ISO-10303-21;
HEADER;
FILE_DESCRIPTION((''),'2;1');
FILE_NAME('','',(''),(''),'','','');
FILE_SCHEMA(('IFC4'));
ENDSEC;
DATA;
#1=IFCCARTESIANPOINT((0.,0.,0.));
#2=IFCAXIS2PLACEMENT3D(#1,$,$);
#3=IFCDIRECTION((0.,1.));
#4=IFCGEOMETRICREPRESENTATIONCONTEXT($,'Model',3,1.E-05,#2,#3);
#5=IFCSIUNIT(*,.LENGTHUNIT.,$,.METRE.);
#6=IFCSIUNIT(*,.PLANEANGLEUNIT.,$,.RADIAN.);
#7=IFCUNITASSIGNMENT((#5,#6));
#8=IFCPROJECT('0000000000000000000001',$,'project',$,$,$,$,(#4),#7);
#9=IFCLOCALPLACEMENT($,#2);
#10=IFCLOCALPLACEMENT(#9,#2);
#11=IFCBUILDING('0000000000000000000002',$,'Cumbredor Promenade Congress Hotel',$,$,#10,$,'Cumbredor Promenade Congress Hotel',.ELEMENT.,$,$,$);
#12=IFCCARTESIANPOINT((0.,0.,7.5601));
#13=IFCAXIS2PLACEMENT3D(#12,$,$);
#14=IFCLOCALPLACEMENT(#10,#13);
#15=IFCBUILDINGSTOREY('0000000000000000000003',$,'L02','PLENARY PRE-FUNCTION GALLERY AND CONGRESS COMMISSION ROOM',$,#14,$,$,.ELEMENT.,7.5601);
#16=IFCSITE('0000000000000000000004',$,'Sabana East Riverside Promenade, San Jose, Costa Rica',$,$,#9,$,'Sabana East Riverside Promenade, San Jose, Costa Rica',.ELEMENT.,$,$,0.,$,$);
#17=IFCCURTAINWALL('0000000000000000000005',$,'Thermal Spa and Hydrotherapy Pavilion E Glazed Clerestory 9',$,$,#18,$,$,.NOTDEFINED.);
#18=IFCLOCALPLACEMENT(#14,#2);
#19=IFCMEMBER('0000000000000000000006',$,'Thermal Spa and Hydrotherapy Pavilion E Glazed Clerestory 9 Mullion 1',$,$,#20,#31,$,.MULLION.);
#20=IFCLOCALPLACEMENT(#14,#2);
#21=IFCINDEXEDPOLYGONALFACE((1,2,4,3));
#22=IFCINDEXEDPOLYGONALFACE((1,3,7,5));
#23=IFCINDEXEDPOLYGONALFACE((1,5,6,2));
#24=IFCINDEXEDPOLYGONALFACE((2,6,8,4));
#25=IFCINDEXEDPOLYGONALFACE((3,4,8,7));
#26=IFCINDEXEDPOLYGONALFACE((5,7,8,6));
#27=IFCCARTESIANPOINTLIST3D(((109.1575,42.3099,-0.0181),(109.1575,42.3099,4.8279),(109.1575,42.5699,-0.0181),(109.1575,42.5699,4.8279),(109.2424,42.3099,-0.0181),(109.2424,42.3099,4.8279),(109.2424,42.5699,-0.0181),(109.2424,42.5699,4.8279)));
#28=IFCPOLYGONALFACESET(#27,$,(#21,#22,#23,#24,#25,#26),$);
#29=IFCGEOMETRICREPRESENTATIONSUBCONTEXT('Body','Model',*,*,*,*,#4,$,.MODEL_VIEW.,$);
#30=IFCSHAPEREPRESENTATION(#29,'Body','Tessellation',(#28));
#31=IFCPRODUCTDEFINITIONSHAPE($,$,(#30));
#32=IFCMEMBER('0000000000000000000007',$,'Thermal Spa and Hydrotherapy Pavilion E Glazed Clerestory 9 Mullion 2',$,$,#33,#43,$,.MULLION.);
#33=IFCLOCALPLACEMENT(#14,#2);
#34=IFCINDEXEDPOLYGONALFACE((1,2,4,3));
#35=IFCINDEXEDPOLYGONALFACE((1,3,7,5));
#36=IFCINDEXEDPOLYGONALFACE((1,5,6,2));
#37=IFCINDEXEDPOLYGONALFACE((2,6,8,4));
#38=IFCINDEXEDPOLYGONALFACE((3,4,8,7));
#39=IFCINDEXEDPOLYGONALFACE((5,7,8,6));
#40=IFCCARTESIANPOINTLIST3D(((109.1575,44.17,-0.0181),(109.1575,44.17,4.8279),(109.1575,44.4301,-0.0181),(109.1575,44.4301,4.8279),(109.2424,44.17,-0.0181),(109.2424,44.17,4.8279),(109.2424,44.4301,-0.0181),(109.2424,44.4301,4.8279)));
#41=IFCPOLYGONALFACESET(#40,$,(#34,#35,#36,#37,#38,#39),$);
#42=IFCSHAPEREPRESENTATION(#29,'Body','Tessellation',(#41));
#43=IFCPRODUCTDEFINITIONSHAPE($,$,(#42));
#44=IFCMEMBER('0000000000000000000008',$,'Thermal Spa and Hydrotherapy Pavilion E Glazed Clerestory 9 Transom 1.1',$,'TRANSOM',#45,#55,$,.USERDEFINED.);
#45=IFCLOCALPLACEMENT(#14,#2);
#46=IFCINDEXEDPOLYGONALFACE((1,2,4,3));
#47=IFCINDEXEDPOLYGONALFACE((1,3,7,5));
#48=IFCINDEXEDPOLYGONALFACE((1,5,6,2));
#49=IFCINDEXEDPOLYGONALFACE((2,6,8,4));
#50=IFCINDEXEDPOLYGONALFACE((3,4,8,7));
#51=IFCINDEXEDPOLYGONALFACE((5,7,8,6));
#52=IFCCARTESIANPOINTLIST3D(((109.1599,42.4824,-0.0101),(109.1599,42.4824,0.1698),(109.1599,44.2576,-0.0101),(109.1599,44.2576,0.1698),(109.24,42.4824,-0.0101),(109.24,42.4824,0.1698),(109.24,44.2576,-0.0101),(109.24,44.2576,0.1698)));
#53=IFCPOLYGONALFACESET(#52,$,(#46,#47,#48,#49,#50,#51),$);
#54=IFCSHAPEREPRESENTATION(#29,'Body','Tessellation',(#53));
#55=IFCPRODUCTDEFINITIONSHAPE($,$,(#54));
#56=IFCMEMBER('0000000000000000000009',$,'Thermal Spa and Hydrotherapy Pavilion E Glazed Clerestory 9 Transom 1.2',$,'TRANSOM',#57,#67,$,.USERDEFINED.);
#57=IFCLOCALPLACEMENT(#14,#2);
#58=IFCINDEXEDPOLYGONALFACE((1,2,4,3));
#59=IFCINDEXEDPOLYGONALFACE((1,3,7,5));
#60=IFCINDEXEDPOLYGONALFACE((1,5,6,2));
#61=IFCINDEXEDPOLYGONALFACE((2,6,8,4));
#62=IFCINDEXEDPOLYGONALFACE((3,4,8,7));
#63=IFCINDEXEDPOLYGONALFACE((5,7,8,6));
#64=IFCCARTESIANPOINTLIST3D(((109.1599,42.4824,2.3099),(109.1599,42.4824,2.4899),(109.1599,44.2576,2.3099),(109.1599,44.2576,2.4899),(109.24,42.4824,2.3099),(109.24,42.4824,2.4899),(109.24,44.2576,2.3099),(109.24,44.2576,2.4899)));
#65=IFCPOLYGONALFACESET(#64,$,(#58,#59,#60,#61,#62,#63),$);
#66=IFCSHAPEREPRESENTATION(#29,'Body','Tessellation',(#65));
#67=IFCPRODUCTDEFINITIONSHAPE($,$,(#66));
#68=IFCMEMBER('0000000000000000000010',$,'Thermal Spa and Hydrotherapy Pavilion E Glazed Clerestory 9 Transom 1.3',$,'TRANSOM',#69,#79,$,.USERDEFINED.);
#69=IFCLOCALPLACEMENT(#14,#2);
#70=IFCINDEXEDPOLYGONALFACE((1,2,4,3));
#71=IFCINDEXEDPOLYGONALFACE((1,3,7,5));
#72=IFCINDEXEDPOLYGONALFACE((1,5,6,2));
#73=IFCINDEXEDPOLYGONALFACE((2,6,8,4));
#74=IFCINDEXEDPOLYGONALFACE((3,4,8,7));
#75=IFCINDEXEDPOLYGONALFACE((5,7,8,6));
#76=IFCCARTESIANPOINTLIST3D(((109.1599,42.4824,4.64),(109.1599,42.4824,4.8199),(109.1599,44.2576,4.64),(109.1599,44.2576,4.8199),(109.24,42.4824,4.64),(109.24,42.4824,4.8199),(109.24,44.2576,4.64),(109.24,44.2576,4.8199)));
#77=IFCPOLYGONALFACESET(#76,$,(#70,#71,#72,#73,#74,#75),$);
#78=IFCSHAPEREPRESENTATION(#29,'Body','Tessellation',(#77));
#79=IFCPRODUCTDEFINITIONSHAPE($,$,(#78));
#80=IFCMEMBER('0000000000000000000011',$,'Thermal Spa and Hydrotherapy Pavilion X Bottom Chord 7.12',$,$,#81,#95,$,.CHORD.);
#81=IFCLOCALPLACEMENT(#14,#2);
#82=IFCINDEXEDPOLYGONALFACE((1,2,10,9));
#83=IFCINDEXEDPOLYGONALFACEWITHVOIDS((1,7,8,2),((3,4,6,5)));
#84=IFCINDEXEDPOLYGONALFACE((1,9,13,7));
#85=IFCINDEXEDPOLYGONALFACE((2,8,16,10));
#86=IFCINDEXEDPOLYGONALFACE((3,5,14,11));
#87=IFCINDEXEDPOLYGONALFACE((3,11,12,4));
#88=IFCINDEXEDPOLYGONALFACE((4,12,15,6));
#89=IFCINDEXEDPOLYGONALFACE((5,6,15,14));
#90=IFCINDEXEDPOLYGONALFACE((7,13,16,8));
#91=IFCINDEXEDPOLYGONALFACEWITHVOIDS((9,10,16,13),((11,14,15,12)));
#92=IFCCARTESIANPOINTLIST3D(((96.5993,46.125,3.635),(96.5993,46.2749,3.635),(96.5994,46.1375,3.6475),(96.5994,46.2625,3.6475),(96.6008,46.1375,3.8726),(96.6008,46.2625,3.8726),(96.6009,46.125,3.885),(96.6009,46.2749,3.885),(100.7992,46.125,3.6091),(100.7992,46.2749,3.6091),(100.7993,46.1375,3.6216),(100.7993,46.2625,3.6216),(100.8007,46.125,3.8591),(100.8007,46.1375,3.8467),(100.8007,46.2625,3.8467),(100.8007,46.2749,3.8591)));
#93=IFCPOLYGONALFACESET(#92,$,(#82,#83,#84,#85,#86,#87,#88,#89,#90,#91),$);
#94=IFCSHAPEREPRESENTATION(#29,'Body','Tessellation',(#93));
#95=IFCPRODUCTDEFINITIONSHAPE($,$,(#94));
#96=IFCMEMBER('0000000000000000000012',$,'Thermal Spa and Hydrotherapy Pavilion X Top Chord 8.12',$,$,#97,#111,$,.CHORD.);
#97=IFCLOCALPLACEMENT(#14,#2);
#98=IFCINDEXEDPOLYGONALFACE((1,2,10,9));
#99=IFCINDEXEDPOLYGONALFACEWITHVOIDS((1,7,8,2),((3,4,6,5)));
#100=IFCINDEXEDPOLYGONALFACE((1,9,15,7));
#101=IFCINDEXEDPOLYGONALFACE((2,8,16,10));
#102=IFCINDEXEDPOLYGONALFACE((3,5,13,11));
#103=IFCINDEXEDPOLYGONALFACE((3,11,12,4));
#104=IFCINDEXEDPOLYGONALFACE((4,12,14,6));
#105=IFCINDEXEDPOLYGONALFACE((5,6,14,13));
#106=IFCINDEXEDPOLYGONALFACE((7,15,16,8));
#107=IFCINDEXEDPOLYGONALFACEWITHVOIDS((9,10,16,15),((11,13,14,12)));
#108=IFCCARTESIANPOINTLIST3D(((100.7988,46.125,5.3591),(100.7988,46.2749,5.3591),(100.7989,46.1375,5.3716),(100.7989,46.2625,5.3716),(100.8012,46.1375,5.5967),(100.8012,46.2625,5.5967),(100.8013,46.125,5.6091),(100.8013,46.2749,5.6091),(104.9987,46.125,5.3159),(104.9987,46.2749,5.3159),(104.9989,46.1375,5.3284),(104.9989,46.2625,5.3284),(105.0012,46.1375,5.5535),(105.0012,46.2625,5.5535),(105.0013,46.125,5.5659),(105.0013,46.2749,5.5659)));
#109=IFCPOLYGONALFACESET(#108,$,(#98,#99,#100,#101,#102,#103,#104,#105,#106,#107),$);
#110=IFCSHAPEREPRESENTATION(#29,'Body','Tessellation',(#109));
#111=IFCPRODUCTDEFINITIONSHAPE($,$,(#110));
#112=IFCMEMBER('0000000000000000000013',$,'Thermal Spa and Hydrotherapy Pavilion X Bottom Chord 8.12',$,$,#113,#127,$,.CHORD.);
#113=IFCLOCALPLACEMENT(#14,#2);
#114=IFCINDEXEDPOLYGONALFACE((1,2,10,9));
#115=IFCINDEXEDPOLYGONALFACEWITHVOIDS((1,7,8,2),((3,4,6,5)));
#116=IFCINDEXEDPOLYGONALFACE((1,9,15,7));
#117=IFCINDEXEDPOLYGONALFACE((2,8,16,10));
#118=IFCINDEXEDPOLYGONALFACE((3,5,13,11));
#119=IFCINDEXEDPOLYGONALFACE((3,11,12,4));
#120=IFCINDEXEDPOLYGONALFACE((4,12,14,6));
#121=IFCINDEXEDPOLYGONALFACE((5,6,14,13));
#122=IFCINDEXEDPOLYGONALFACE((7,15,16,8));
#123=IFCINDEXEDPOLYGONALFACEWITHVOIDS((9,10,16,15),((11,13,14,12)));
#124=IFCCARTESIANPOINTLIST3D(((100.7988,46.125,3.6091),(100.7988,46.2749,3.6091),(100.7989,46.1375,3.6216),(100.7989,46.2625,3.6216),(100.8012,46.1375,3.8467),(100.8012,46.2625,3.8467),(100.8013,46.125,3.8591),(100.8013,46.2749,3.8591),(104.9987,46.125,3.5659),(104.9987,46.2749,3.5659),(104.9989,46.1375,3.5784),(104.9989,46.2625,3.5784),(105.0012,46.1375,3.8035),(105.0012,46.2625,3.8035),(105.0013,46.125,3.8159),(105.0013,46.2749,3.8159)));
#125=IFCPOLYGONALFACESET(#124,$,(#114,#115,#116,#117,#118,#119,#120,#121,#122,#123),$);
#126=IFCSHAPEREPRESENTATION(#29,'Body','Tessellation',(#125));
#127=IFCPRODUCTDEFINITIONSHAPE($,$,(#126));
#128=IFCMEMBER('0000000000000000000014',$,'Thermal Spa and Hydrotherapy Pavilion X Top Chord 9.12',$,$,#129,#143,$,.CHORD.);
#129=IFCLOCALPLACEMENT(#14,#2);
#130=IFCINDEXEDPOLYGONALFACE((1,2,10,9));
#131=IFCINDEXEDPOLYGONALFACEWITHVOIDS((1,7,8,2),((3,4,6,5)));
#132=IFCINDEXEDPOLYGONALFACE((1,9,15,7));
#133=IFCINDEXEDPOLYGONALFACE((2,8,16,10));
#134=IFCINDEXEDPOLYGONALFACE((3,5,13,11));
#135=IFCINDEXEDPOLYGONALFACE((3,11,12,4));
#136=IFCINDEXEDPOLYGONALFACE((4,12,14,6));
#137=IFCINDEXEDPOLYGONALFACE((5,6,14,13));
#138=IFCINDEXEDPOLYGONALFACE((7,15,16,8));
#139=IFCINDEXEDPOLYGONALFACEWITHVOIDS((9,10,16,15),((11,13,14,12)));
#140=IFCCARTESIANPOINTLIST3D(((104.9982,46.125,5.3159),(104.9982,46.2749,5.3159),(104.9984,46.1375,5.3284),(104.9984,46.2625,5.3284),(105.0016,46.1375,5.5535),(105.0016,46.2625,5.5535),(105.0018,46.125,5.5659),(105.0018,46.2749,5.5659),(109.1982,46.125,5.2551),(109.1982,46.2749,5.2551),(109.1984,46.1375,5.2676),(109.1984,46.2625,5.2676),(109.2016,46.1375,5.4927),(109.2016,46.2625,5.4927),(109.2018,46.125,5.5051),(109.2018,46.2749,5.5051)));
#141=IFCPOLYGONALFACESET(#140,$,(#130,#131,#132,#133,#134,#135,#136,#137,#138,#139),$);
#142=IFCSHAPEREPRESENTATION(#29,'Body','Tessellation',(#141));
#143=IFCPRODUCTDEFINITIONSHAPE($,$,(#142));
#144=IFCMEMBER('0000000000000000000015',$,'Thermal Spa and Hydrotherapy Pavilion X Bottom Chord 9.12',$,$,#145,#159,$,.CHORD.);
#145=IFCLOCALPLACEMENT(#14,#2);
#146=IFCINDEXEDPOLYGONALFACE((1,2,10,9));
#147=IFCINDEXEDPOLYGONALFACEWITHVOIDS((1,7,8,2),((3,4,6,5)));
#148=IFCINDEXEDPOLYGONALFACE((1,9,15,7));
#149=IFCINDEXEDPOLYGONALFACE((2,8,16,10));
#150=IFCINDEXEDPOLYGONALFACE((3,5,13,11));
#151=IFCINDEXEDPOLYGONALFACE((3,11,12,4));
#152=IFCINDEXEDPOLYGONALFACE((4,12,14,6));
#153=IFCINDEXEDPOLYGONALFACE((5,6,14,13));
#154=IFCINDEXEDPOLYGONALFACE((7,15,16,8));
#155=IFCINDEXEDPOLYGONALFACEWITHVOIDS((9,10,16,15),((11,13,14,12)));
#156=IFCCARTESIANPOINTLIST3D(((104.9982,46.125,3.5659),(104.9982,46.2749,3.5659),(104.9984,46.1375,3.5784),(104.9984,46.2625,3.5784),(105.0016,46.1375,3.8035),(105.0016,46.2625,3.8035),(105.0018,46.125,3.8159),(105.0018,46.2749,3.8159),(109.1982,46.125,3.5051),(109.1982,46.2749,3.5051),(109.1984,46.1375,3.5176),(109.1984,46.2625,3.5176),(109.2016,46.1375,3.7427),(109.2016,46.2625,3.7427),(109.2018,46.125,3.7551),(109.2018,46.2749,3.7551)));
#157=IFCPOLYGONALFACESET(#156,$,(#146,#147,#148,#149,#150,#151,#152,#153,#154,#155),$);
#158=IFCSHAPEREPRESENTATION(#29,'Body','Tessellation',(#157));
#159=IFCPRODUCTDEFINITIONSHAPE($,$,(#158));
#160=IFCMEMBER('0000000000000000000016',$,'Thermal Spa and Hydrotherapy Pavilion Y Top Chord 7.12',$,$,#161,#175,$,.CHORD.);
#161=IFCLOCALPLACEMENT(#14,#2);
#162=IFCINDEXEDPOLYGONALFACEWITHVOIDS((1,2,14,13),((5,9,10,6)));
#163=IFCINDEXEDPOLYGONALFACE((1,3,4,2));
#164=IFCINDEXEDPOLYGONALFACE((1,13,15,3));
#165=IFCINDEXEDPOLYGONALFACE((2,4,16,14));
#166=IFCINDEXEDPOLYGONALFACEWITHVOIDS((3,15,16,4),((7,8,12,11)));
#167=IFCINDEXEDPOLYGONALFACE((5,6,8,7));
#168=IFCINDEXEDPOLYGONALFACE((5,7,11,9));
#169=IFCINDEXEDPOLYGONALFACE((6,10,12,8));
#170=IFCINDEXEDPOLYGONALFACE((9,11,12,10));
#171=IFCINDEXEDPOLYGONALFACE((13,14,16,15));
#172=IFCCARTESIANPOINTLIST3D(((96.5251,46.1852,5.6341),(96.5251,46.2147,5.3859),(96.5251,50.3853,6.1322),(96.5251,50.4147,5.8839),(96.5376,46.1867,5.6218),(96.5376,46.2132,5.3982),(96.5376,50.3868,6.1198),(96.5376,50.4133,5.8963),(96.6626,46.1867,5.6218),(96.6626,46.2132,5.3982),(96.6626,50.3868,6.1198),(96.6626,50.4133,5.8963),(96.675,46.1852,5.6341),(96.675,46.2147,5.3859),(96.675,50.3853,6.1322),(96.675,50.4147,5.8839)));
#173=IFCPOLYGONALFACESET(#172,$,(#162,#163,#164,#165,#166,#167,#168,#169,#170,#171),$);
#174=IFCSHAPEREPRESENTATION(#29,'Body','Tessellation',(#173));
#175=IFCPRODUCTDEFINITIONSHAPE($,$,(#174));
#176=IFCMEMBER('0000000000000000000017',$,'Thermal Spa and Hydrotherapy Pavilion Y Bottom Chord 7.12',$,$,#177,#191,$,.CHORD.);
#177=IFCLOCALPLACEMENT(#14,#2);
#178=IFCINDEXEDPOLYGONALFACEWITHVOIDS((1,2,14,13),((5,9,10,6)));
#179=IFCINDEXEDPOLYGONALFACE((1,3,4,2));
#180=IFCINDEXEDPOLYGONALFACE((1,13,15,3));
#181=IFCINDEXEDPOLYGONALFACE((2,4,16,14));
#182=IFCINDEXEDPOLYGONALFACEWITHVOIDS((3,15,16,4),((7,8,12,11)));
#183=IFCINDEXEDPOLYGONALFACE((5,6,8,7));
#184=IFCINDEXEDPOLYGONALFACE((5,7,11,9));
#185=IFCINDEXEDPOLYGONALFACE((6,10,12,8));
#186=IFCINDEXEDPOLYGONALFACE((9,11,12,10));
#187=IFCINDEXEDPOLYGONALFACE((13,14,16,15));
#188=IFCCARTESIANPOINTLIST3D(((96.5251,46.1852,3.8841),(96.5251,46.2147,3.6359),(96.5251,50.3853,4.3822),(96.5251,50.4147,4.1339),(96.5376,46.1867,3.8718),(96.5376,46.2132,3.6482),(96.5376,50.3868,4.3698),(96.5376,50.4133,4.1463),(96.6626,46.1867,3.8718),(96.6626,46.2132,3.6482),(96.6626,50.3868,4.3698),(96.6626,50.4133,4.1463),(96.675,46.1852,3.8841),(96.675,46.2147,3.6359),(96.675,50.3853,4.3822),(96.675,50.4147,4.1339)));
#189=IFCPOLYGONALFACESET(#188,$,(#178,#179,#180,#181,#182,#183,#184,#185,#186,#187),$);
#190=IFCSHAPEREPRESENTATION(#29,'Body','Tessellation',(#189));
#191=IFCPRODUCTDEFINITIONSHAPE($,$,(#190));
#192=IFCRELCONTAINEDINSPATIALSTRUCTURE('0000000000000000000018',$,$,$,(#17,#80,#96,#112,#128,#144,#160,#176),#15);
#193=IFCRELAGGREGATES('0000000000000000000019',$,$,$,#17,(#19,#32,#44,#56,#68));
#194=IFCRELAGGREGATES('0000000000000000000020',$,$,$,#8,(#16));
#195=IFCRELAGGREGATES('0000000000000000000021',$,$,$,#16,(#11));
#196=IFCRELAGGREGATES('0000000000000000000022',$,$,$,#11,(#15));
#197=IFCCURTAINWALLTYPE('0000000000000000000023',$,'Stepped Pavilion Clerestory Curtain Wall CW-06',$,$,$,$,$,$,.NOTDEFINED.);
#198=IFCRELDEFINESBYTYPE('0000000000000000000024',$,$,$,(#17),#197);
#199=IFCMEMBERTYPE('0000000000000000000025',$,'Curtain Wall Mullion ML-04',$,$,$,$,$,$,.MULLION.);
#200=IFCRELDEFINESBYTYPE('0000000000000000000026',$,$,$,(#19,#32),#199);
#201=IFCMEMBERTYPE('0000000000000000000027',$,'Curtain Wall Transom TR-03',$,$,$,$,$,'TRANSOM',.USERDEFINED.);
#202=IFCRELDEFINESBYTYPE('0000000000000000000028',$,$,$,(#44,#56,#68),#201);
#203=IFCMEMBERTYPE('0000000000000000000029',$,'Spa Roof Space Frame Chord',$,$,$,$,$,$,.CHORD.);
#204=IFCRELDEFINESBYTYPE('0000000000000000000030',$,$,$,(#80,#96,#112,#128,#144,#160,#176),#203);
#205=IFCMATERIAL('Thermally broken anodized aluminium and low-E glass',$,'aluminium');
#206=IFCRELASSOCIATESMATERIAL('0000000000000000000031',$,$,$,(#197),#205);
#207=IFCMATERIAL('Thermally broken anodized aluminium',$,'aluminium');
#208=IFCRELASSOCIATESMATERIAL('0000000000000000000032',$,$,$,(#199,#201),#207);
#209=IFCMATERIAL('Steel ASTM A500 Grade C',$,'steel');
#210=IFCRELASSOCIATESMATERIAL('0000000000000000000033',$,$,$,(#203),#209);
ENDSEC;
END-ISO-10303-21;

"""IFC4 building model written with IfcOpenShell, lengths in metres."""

from ifc_helpers import new_model, si_unit, direction, frame, origin, origin_2d, place, context, subcontext, project, spatial, rectangle, hollow_rectangle, extrude, material, material_profile, profile_set, type_object, element, aggregate, save


model = new_model("IFC4")

# Units and contexts
model_context = context("Model", 3, precision=1e-05, world=origin(), true_north=direction((0.0, 1.0)))
body_context = subcontext(model_context, "Body", "Model", "MODEL_VIEW")
ifc_project = project(units=[si_unit("LENGTHUNIT", "METRE"), si_unit("PLANEANGLEUNIT", "RADIAN")], contexts=[model_context])

# Site, building, storey
site_placement = place(None, origin())
site = spatial("IfcSite", under=ifc_project, at=site_placement, Name="Sabana East Riverside Promenade, San Jose, Costa Rica", LongName="Sabana East Riverside Promenade, San Jose, Costa Rica", CompositionType="ELEMENT", RefElevation=0.0)
building_placement = place(site_placement, origin())
building = spatial("IfcBuilding", under=site, at=building_placement, Name="Cumbredor Promenade Congress Hotel", LongName="Cumbredor Promenade Congress Hotel", CompositionType="ELEMENT")
storey_placement = place(building_placement, frame((0.0, 0.0, 7.5601)))
storey = spatial("IfcBuildingStorey", under=building, at=storey_placement, Name="L02", Description="PLENARY PRE-FUNCTION GALLERY AND CONGRESS COMMISSION ROOM", CompositionType="ELEMENT", Elevation=7.5601)

# Curtain wall, members
ifc_material_1 = material(Name="Thermally broken anodized aluminium and low-E glass", Category="aluminium")
curtain_wall_type = type_object("IfcCurtainWallType", Name="Stepped Pavilion Clerestory Curtain Wall CW-06", PredefinedType="NOTDEFINED", material=ifc_material_1)
curtain_wall_placement = place(storey_placement, origin())
curtain_wall = element("IfcCurtainWall", 1, at=curtain_wall_placement, inside=storey, type_object=curtain_wall_type, Name="Thermal Spa and Hydrotherapy Pavilion E Glazed Clerestory 9", PredefinedType="NOTDEFINED")
ifc_material_2 = material(Name="Thermally broken anodized aluminium", Category="aluminium")
ifc_material_profile_1 = material_profile(ifc_material_2, rectangle(XDim=0.085, YDim=0.26, at=origin_2d()), Name="ALU MULLION CLERESTORY 85x260")
ifc_profile_set_1 = profile_set([ifc_material_profile_1], Name="Thermally broken anodized aluminium")
member_type_1 = type_object("IfcMemberType", Name="Curtain Wall Mullion ML-04", PredefinedType="MULLION", material=ifc_profile_set_1)
member_1_placement = place(storey_placement, frame((109.2, 42.4399, -0.0181), z_axis=(0.0, 0.0, 1.0), x_axis=(1.0, 0.0, 0.0)))
member_1 = element("IfcMember", 2, at=member_1_placement, type_object=member_type_1, Name="Thermal Spa and Hydrotherapy Pavilion E Glazed Clerestory 9 Mullion 1", PredefinedType="MULLION", context=body_context, shape_type="SweptSolid", body=[
    extrude(rectangle(XDim=0.085, YDim=0.26, at=origin_2d()), origin(), (0.0, 0.0, 1.0), 4.8459),
])
member_2_placement = place(storey_placement, frame((109.2, 44.3, -0.0181), z_axis=(0.0, 0.0, 1.0), x_axis=(1.0, 0.0, 0.0)))
member_2 = element("IfcMember", 3, at=member_2_placement, type_object=member_type_1, Name="Thermal Spa and Hydrotherapy Pavilion E Glazed Clerestory 9 Mullion 2", PredefinedType="MULLION", context=body_context, shape_type="SweptSolid", body=[
    extrude(rectangle(XDim=0.085, YDim=0.26, at=origin_2d()), origin(), (0.0, 0.0, 1.0), 4.8459),
])
ifc_material_profile_2 = material_profile(ifc_material_2, rectangle(XDim=0.0801, YDim=0.1799, at=origin_2d()), Name="ALU TRANSOM 80x180")
ifc_profile_set_2 = profile_set([ifc_material_profile_2], Name="Thermally broken anodized aluminium")
member_type_2 = type_object("IfcMemberType", Name="Curtain Wall Transom TR-03", ElementType="TRANSOM", PredefinedType="USERDEFINED", material=ifc_profile_set_2)
member_3_placement = place(storey_placement, frame((109.2, 42.4824, 0.0798), z_axis=(0.0, 1.0, 0.0), x_axis=(-1.0, 0.0, 0.0)))
member_3 = element("IfcMember", 4, at=member_3_placement, type_object=member_type_2, Name="Thermal Spa and Hydrotherapy Pavilion E Glazed Clerestory 9 Transom 1.1", ObjectType="TRANSOM", PredefinedType="USERDEFINED", context=body_context, shape_type="SweptSolid", body=[
    extrude(rectangle(XDim=0.0801, YDim=0.1799, at=origin_2d()), origin(), (0.0, 0.0, 1.0), 1.7751),
])
member_4_placement = place(storey_placement, frame((109.2, 42.4824, 2.3999), z_axis=(0.0, 1.0, 0.0), x_axis=(-1.0, 0.0, 0.0)))
member_4 = element("IfcMember", 5, at=member_4_placement, type_object=member_type_2, Name="Thermal Spa and Hydrotherapy Pavilion E Glazed Clerestory 9 Transom 1.2", ObjectType="TRANSOM", PredefinedType="USERDEFINED", context=body_context, shape_type="SweptSolid", body=[
    extrude(rectangle(XDim=0.0801, YDim=0.1799, at=origin_2d()), origin(), (0.0, 0.0, 1.0), 1.7751),
])
member_5_placement = place(storey_placement, frame((109.2, 42.4824, 4.73), z_axis=(0.0, 1.0, 0.0), x_axis=(-1.0, 0.0, 0.0)))
member_5 = element("IfcMember", 6, at=member_5_placement, type_object=member_type_2, Name="Thermal Spa and Hydrotherapy Pavilion E Glazed Clerestory 9 Transom 1.3", ObjectType="TRANSOM", PredefinedType="USERDEFINED", context=body_context, shape_type="SweptSolid", body=[
    extrude(rectangle(XDim=0.0801, YDim=0.1799, at=origin_2d()), origin(), (0.0, 0.0, 1.0), 1.7751),
])

# Members
ifc_material_3 = material(Name="Steel ASTM A500 Grade C", Category="steel")
ifc_material_profile_3 = material_profile(ifc_material_3, hollow_rectangle(XDim=0.1499, YDim=0.25, WallThickness=0.0125, at=origin_2d()), Name="HSS 250x150x12.5")
ifc_profile_set_3 = profile_set([ifc_material_profile_3], Name="Steel ASTM A500 Grade C")
member_type_3 = type_object("IfcMemberType", Name="Spa Roof Space Frame Chord", PredefinedType="CHORD", material=ifc_profile_set_3)
member_6_placement = place(storey_placement, frame((96.6001, 46.2, 3.76), z_axis=(0.999981, 0.0, -0.006162), x_axis=(0.0, 1.0, 0.0)))
element("IfcMember", 7, at=member_6_placement, inside=storey, type_object=member_type_3, Name="Thermal Spa and Hydrotherapy Pavilion X Bottom Chord 7.12", PredefinedType="CHORD", context=body_context, shape_type="SweptSolid", body=[
    extrude(hollow_rectangle(XDim=0.1499, YDim=0.25, WallThickness=0.0125, at=origin_2d()), origin(), (0.0, 0.0, 1.0), 4.2),
])
for number, where, z_axis, x_axis, name in (
    (8, (100.8, 46.2, 5.4841), (0.999947, 0.0, -0.010288), (0.0, 1.0, 0.0), "Thermal Spa and Hydrotherapy Pavilion X Top Chord 8.12"),
    (9, (100.8, 46.2, 3.7341), (0.999947, 0.0, -0.010288), (0.0, 1.0, 0.0), "Thermal Spa and Hydrotherapy Pavilion X Bottom Chord 8.12"),
):
    element("IfcMember", number, at=place(storey_placement, frame(where, z_axis=z_axis, x_axis=x_axis)), inside=storey, type_object=member_type_3, Name=name, PredefinedType="CHORD", context=body_context, shape_type="SweptSolid", body=[
        extrude(hollow_rectangle(XDim=0.1499, YDim=0.25, WallThickness=0.0125, at=origin_2d()), origin(), (0.0, 0.0, 1.0), 4.2002),
    ])
for number, where, z_axis, x_axis, name in (
    (10, (105.0, 46.2, 5.4409), (0.999895, 0.0, -0.014473), (0.0, 1.0, 0.0), "Thermal Spa and Hydrotherapy Pavilion X Top Chord 9.12"),
    (11, (105.0, 46.2, 3.6909), (0.999895, 0.0, -0.014473), (0.0, 1.0, 0.0), "Thermal Spa and Hydrotherapy Pavilion X Bottom Chord 9.12"),
):
    element("IfcMember", number, at=place(storey_placement, frame(where, z_axis=z_axis, x_axis=x_axis)), inside=storey, type_object=member_type_3, Name=name, PredefinedType="CHORD", context=body_context, shape_type="SweptSolid", body=[
        extrude(hollow_rectangle(XDim=0.1499, YDim=0.25, WallThickness=0.0125, at=origin_2d()), origin(), (0.0, 0.0, 1.0), 4.2004),
    ])
for number, where, z_axis, x_axis, name in (
    (12, (96.6001, 46.2, 5.51), (0.0, 0.993042, 0.117759), (-1.0, 0.0, 0.0), "Thermal Spa and Hydrotherapy Pavilion Y Top Chord 7.12"),
    (13, (96.6001, 46.2, 3.76), (0.0, 0.993042, 0.117759), (-1.0, 0.0, 0.0), "Thermal Spa and Hydrotherapy Pavilion Y Bottom Chord 7.12"),
):
    element("IfcMember", number, at=place(storey_placement, frame(where, z_axis=z_axis, x_axis=x_axis)), inside=storey, type_object=member_type_3, Name=name, PredefinedType="CHORD", context=body_context, shape_type="SweptSolid", body=[
        extrude(hollow_rectangle(XDim=0.1499, YDim=0.25, WallThickness=0.0125, at=origin_2d()), origin(), (0.0, 0.0, 1.0), 4.2295),
    ])

aggregate(curtain_wall, [member_1, member_2, member_3, member_4, member_5])

save(model, "model.ifc")
